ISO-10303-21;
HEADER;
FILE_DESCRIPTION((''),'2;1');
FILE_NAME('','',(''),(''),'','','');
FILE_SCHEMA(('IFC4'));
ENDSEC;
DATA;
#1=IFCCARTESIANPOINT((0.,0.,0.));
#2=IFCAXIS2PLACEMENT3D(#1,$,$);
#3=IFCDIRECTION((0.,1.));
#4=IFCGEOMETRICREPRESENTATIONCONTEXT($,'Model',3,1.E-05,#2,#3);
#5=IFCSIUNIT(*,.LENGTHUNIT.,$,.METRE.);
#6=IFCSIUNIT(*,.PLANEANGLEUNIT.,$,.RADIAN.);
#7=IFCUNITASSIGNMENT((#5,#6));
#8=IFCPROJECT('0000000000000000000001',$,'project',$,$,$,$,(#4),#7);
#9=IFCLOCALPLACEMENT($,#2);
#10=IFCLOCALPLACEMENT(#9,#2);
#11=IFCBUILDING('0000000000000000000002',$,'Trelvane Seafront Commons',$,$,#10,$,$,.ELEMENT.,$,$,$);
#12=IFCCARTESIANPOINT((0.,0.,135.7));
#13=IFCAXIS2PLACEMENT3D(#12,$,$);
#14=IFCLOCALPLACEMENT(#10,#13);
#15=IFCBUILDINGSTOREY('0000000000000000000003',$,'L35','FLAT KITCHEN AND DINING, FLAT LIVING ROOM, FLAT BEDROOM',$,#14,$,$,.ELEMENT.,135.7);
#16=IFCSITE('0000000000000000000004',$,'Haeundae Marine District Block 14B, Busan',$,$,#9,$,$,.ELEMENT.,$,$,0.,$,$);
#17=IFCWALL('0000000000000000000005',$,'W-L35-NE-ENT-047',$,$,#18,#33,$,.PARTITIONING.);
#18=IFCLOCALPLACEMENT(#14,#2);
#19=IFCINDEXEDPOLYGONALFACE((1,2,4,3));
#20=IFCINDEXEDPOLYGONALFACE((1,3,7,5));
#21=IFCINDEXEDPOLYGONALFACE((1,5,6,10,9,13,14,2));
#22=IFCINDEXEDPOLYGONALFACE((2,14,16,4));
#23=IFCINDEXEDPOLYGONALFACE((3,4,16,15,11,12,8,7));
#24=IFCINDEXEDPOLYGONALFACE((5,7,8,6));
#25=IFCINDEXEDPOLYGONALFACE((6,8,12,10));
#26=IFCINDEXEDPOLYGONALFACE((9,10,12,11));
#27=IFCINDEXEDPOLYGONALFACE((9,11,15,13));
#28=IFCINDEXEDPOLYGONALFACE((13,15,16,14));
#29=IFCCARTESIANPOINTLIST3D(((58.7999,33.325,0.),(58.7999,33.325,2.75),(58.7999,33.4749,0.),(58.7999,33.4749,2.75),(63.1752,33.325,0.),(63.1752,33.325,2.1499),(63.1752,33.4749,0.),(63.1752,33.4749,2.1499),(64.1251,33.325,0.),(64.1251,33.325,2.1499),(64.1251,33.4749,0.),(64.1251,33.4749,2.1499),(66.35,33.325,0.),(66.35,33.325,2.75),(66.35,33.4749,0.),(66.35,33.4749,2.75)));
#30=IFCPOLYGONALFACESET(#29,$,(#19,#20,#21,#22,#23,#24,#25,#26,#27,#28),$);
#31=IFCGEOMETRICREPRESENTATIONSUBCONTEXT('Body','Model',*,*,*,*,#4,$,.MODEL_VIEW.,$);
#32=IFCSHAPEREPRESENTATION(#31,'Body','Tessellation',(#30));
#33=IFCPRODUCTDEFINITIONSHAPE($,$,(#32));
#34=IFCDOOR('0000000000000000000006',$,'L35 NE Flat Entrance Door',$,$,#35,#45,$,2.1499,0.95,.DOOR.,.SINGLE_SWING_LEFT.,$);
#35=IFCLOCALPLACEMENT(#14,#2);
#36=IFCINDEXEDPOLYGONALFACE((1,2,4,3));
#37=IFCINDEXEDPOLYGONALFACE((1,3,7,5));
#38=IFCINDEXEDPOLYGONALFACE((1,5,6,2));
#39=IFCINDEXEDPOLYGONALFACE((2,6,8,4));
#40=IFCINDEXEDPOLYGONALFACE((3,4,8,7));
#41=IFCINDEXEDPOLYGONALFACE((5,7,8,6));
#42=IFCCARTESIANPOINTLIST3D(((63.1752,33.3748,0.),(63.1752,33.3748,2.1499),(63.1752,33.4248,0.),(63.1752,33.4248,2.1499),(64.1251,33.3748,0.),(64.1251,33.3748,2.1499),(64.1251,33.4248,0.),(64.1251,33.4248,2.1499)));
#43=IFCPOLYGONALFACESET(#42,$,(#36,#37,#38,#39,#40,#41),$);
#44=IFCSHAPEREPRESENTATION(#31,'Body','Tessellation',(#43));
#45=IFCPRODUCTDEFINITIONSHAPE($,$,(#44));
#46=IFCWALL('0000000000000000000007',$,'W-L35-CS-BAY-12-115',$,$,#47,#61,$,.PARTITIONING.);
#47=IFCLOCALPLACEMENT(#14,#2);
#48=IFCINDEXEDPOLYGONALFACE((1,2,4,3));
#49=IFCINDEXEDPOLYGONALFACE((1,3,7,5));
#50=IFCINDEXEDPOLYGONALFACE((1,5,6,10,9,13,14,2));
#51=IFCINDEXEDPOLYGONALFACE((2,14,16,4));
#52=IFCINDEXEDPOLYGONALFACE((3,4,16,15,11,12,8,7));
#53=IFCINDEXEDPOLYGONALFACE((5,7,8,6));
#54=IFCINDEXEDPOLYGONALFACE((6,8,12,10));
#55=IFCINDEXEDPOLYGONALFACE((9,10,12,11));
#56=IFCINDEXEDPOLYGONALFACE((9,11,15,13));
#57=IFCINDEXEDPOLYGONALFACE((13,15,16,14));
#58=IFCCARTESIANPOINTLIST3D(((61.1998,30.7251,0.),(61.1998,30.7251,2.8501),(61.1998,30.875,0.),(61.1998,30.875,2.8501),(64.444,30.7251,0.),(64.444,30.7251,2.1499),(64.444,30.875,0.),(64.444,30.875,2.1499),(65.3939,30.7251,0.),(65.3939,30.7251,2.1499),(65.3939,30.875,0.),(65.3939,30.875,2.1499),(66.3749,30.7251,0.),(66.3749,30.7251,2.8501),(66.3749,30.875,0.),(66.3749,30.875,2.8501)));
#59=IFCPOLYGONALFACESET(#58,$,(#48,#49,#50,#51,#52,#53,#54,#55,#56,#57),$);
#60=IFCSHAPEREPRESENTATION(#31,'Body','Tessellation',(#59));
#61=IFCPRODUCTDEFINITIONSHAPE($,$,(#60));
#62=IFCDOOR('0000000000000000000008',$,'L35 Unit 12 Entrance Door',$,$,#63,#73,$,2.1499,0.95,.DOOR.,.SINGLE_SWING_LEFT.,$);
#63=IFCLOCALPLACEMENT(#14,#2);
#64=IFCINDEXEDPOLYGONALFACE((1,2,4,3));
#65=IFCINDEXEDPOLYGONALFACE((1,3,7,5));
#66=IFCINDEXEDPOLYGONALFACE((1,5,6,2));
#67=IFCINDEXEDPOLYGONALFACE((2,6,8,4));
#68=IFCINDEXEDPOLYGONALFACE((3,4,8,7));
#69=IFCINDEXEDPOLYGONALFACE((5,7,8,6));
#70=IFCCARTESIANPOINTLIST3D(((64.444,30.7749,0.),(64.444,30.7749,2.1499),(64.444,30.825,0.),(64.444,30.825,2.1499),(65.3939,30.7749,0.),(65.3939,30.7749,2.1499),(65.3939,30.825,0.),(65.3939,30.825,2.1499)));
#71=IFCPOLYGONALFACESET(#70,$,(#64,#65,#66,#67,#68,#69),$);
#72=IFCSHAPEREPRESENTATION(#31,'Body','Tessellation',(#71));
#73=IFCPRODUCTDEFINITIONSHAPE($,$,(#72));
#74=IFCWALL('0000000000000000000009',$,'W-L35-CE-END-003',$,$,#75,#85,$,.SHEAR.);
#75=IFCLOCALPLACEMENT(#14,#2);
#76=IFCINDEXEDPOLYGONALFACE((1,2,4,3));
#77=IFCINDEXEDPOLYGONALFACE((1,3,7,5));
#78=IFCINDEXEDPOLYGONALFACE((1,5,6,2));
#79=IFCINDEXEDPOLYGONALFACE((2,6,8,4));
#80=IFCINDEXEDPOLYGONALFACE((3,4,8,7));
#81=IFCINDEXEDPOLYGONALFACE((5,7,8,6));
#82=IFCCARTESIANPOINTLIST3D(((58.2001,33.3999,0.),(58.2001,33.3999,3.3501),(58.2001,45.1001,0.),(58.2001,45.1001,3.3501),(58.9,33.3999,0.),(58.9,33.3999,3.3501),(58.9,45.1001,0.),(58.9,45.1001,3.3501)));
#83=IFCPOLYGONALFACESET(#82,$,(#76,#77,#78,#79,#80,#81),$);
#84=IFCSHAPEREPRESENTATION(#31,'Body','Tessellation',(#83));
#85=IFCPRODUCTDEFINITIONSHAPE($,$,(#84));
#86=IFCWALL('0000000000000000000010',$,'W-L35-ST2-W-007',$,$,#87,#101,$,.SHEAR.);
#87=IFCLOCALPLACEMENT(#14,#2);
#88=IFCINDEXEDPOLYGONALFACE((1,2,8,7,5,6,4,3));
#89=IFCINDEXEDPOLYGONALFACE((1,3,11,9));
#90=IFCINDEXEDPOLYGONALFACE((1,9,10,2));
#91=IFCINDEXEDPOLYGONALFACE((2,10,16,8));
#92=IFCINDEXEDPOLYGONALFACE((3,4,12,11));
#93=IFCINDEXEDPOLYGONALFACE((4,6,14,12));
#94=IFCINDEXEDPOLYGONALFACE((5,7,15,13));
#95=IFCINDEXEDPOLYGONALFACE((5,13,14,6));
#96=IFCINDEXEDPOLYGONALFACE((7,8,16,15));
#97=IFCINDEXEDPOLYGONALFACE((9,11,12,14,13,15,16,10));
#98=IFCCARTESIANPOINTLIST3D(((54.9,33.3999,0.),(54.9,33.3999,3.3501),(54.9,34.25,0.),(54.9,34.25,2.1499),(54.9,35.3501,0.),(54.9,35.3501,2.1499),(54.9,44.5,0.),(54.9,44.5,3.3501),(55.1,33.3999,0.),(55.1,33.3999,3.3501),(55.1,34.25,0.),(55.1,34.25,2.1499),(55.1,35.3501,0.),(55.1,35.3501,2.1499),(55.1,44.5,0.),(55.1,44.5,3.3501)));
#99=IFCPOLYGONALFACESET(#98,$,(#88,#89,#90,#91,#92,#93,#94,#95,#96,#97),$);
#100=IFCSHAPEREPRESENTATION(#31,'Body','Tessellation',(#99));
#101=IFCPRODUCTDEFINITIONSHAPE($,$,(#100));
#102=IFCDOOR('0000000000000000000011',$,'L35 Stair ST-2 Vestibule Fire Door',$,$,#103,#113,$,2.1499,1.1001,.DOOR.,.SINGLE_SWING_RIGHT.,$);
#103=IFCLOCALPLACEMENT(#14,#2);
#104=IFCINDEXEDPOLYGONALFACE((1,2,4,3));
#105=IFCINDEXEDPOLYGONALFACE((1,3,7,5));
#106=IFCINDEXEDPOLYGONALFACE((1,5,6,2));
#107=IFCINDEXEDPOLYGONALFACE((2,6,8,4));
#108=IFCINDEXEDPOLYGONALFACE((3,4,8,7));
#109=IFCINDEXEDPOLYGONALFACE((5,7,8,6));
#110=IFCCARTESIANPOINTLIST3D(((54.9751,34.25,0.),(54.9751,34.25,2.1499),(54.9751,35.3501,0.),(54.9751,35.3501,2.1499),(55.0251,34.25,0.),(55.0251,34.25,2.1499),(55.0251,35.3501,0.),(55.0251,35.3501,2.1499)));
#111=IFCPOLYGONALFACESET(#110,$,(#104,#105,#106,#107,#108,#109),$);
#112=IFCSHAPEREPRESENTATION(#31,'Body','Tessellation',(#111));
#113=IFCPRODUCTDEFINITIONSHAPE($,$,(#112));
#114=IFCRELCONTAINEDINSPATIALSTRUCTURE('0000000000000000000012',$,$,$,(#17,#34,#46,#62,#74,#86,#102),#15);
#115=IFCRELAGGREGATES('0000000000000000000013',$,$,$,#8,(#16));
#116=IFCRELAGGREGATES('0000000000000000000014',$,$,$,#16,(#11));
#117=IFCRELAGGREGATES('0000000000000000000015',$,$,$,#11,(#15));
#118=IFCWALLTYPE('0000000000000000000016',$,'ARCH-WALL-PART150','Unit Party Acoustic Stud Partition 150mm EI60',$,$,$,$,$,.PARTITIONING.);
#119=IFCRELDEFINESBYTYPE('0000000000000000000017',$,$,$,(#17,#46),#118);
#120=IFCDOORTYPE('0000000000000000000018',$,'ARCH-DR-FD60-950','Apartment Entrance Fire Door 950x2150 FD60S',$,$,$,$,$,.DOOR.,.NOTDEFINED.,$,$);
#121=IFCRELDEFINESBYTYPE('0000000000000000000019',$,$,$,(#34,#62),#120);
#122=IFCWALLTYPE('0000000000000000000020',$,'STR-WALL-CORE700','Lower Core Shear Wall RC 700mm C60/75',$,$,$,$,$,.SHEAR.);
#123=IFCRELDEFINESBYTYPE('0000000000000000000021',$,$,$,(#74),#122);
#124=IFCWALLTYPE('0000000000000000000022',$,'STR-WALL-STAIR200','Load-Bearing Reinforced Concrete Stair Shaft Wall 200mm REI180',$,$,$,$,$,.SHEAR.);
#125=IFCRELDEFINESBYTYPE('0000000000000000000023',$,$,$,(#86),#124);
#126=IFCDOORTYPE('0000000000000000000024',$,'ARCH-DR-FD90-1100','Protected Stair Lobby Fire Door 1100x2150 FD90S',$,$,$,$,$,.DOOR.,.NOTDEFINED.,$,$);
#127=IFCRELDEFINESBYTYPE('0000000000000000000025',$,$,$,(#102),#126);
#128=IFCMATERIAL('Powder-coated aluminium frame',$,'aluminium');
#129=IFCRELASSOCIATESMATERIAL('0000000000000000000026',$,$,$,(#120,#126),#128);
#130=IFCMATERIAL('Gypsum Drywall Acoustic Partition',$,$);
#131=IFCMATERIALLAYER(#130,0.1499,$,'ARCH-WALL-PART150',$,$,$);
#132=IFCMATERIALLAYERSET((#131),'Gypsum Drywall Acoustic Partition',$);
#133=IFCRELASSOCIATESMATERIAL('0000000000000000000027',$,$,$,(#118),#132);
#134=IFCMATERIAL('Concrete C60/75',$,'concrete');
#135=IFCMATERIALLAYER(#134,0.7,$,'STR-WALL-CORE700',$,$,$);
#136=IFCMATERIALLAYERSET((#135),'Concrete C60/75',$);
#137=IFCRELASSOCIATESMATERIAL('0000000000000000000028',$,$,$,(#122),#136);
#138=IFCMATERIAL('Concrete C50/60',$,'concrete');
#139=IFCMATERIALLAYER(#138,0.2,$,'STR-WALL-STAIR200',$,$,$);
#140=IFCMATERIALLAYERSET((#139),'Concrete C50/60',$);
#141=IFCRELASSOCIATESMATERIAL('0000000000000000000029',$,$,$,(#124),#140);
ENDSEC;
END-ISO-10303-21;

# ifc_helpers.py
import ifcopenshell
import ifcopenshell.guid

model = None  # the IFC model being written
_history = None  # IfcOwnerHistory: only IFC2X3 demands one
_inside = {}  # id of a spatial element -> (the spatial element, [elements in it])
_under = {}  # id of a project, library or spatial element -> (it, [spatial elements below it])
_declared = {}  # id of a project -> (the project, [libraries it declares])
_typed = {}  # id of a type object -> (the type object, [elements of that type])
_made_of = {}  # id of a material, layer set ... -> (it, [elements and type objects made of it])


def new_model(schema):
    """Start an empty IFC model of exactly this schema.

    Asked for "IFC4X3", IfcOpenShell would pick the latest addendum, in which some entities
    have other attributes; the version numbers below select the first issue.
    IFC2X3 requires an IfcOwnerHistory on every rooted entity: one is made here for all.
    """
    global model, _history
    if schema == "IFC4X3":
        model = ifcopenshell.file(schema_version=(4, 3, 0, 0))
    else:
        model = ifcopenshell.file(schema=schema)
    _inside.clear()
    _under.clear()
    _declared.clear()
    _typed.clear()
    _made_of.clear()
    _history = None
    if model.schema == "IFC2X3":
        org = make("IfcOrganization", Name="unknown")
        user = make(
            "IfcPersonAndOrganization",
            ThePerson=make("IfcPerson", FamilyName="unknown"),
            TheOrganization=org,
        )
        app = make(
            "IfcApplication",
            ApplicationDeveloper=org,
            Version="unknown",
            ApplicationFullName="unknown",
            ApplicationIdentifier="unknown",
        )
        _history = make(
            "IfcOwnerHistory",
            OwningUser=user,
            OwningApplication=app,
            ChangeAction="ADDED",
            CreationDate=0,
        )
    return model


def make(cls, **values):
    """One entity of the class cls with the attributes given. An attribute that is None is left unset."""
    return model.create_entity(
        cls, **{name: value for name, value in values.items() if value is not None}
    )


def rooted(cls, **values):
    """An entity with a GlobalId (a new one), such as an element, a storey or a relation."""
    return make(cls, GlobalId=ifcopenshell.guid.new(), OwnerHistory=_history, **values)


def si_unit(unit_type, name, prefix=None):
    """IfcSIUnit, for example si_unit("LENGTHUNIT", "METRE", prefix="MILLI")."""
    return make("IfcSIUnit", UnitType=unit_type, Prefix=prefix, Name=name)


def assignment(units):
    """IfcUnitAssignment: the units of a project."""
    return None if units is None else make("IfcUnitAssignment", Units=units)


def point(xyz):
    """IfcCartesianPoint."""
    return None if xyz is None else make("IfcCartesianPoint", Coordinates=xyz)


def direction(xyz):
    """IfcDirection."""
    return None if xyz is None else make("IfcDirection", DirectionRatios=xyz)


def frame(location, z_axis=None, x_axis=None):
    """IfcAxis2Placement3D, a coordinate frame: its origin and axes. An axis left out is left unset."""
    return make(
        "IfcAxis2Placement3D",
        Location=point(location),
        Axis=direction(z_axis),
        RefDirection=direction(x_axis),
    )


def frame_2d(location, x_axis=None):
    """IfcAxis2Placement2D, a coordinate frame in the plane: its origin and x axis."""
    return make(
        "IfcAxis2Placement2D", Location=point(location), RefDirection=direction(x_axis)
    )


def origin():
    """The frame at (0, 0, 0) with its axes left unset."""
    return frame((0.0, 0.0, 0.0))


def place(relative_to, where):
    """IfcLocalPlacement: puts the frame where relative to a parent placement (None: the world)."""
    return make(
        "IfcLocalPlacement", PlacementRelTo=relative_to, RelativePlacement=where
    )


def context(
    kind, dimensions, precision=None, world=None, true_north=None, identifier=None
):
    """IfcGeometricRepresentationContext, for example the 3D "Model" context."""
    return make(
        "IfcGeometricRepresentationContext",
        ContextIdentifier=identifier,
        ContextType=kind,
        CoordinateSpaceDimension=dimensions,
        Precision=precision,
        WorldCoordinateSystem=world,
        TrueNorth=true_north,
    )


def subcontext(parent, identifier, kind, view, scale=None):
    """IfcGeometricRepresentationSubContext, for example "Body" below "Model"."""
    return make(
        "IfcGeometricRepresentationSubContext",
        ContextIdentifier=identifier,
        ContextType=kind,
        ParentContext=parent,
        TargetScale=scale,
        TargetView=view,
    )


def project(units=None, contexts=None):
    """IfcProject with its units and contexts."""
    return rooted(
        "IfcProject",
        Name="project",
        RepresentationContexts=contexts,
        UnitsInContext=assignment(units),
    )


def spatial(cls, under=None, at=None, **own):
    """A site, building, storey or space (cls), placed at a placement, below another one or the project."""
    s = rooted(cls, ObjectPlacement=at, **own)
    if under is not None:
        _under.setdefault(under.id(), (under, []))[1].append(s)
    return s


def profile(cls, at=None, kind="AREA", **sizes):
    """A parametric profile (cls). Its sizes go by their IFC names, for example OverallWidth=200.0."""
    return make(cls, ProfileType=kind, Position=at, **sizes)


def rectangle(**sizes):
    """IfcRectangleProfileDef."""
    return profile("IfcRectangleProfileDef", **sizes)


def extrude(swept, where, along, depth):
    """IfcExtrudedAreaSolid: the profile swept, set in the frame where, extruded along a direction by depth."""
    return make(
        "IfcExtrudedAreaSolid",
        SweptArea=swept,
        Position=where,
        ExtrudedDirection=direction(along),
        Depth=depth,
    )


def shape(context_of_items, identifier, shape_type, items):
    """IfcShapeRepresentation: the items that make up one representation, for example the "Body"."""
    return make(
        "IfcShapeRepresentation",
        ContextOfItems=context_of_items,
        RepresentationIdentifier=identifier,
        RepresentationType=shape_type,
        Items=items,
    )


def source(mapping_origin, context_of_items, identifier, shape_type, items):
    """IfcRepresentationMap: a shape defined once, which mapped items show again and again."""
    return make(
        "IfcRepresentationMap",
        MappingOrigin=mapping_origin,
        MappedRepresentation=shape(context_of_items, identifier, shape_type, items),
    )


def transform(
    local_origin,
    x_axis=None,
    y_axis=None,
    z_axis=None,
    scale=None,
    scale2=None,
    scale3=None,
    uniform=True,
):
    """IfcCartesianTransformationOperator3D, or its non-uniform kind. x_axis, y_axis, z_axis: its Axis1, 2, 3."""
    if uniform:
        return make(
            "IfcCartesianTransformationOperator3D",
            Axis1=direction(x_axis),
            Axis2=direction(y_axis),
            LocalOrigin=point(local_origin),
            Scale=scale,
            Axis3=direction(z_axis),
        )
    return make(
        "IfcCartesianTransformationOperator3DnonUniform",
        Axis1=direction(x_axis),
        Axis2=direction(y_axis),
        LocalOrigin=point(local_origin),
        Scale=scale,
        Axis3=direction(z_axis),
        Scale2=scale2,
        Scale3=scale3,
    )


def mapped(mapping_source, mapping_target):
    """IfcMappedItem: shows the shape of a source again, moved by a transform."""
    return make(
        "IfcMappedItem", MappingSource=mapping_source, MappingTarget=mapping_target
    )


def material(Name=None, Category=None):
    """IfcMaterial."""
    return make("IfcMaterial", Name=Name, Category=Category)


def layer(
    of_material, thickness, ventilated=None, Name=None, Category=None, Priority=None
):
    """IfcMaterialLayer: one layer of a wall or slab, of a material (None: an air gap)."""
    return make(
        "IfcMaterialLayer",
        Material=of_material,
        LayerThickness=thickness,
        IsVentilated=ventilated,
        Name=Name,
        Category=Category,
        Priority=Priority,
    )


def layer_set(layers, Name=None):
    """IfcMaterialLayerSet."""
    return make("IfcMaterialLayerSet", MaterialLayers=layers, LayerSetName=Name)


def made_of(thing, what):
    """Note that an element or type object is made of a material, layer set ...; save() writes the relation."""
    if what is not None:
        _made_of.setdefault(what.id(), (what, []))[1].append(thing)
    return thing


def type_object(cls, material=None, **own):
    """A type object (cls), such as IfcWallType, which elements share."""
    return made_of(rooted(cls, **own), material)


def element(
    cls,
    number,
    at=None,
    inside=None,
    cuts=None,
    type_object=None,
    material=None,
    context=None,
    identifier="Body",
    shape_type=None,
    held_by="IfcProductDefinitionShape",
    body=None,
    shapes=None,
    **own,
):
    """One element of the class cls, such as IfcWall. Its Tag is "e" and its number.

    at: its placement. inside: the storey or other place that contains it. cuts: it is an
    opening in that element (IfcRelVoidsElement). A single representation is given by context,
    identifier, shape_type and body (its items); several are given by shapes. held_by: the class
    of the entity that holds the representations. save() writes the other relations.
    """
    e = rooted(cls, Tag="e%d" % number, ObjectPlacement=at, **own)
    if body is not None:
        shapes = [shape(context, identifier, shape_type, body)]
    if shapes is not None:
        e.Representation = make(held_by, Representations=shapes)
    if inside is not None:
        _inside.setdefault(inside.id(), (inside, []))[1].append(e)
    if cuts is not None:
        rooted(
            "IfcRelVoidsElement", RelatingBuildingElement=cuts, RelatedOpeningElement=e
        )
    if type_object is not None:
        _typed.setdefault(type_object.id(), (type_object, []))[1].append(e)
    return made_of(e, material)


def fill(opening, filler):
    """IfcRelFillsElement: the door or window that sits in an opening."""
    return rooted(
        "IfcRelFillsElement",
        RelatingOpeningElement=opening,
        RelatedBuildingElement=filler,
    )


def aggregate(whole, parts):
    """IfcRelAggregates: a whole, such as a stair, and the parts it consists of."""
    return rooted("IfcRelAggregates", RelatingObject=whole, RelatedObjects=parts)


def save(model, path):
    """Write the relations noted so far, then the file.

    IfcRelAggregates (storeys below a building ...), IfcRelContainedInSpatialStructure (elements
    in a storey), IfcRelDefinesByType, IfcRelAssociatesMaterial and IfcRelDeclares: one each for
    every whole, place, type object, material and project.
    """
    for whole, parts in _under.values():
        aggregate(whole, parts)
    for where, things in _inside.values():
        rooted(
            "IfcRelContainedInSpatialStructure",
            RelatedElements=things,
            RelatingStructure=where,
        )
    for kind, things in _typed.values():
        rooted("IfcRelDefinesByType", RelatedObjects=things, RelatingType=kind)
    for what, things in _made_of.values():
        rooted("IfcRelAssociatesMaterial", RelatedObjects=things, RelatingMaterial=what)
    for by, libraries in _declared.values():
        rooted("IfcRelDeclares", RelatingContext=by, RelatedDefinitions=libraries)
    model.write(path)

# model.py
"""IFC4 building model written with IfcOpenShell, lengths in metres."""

from ifc_helpers import new_model, si_unit, direction, frame, frame_2d, origin, place, context, subcontext, project, spatial, rectangle, extrude, source, transform, mapped, material, layer, layer_set, type_object, element, fill, save


model = new_model("IFC4")

# Units and contexts
model_context = context("Model", 3, precision=1e-05, world=origin(), true_north=direction((0.0, 1.0)))
body_context = subcontext(model_context, "Body", "Model", "MODEL_VIEW")
ifc_project = project(units=[si_unit("LENGTHUNIT", "METRE"), si_unit("PLANEANGLEUNIT", "RADIAN")], contexts=[model_context])

# Site, building, storey
site_placement = place(None, origin())
site = spatial("IfcSite", under=ifc_project, at=site_placement, Name="Haeundae Marine District Block 14B, Busan", CompositionType="ELEMENT", RefElevation=0.0)
building_placement = place(site_placement, origin())
building = spatial("IfcBuilding", under=site, at=building_placement, Name="Trelvane Seafront Commons", CompositionType="ELEMENT")
storey_placement = place(building_placement, frame((0.0, 0.0, 135.7)))
storey = spatial("IfcBuildingStorey", under=building, at=storey_placement, Name="L35", Description="FLAT KITCHEN AND DINING, FLAT LIVING ROOM, FLAT BEDROOM", CompositionType="ELEMENT", Elevation=135.7)

# Shared definitions
ifc_material_1 = material(Name="Concrete C50/60", Category="concrete")

# Shared definitions
ifc_material_2 = material(Name="Powder-coated aluminium frame", Category="aluminium")
door_type_1 = type_object("IfcDoorType", Name="ARCH-DR-FD60-950", Description="Apartment Entrance Fire Door 950x2150 FD60S", OperationType="NOTDEFINED", PredefinedType="DOOR", material=ifc_material_2)
shared_shape_1 = source(origin(), body_context, "Body", "SweptSolid", [
    extrude(rectangle(XDim=0.95, YDim=2.1499, at=frame_2d((0.4751, 1.075))), frame((0.0, 0.0249, 0.0), z_axis=(0.0, -1.0, 0.0), x_axis=(1.0, 0.0, 0.0)), (0.0, 0.0, 1.0), 0.05),
])
ifc_material_3 = material(Name="Gypsum Drywall Acoustic Partition")

# Walls, openings, doors
ifc_layer_1 = layer(ifc_material_3, 0.1499, Name="ARCH-WALL-PART150")
ifc_layer_set_1 = layer_set([ifc_layer_1], Name="Gypsum Drywall Acoustic Partition")
wall_type_1 = type_object("IfcWallType", Name="ARCH-WALL-PART150", Description="Unit Party Acoustic Stud Partition 150mm EI60", PredefinedType="PARTITIONING", material=ifc_layer_set_1)
wall_1_placement = place(storey_placement, frame((58.8, 33.3999, 0.0), z_axis=(0.0, 0.0, 1.0), x_axis=(1.0, 0.0, 0.0)))
wall_1 = element("IfcWall", 1, at=wall_1_placement, inside=storey, type_object=wall_type_1, Name="W-L35-NE-ENT-047", PredefinedType="PARTITIONING", context=body_context, shape_type="SweptSolid", body=[
    extrude(rectangle(XDim=7.55, YDim=0.1499, at=frame_2d((3.7749, 0.0))), origin(), (0.0, 0.0, 1.0), 2.75),
])
opening_1_placement = place(wall_1_placement, frame((4.375, 0.0, 0.0)))
opening_1 = element("IfcOpeningElement", 2, at=opening_1_placement, cuts=wall_1, PredefinedType="OPENING", context=body_context, shape_type="SweptSolid", body=[
    extrude(rectangle(XDim=0.95, YDim=2.1499, at=frame_2d((0.4751, 1.075))), frame((0.0, 0.085, 0.0), z_axis=(0.0, -1.0, 0.0), x_axis=(1.0, 0.0, 0.0)), (0.0, 0.0, 1.0), 0.1699),
])
door_1_placement = place(opening_1_placement, origin())
door_1 = element("IfcDoor", 3, at=door_1_placement, inside=storey, type_object=door_type_1, Name="L35 NE Flat Entrance Door", OperationType="SINGLE_SWING_LEFT", OverallHeight=2.1499, OverallWidth=0.95, PredefinedType="DOOR", context=body_context, shape_type="MappedRepresentation", body=[
    mapped(shared_shape_1, transform((0.0, 0.0, 0.0), x_axis=(1.0, 0.0, 0.0), y_axis=(0.0, 1.0, 0.0), z_axis=(0.0, 0.0, 1.0), scale=1.0)),
])
fill(opening_1, door_1)
wall_2_placement = place(storey_placement, frame((61.2, 30.8, 0.0), z_axis=(0.0, 0.0, 1.0), x_axis=(1.0, 0.0, 0.0)))
wall_2 = element("IfcWall", 4, at=wall_2_placement, inside=storey, type_object=wall_type_1, Name="W-L35-CS-BAY-12-115", PredefinedType="PARTITIONING", context=body_context, shape_type="SweptSolid", body=[
    extrude(rectangle(XDim=5.175, YDim=0.1499, at=frame_2d((2.5874, 0.0))), origin(), (0.0, 0.0, 1.0), 2.8501),
])
opening_2_placement = place(wall_2_placement, frame((3.2439, 0.0, 0.0)))
opening_2 = element("IfcOpeningElement", 5, at=opening_2_placement, cuts=wall_2, PredefinedType="OPENING", context=body_context, shape_type="SweptSolid", body=[
    extrude(rectangle(XDim=0.95, YDim=2.1499, at=frame_2d((0.4751, 1.075))), frame((0.0, 0.085, 0.0), z_axis=(0.0, -1.0, 0.0), x_axis=(1.0, 0.0, 0.0)), (0.0, 0.0, 1.0), 0.1699),
])
door_2_placement = place(opening_2_placement, origin())
door_2 = element("IfcDoor", 6, at=door_2_placement, inside=storey, type_object=door_type_1, Name="L35 Unit 12 Entrance Door", OperationType="SINGLE_SWING_LEFT", OverallHeight=2.1499, OverallWidth=0.95, PredefinedType="DOOR", context=body_context, shape_type="MappedRepresentation", body=[
    mapped(shared_shape_1, transform((0.0, 0.0, 0.0), x_axis=(1.0, 0.0, 0.0), y_axis=(0.0, 1.0, 0.0), z_axis=(0.0, 0.0, 1.0), scale=1.0)),
])
fill(opening_2, door_2)

# Wall
ifc_material_4 = material(Name="Concrete C60/75", Category="concrete")
ifc_layer_2 = layer(ifc_material_4, 0.7, Name="STR-WALL-CORE700")
ifc_layer_set_2 = layer_set([ifc_layer_2], Name="Concrete C60/75")
wall_type_2 = type_object("IfcWallType", Name="STR-WALL-CORE700", Description="Lower Core Shear Wall RC 700mm C60/75", PredefinedType="SHEAR", material=ifc_layer_set_2)
wall_3_placement = place(storey_placement, frame((58.55, 33.3999, 0.0), z_axis=(0.0, 0.0, 1.0), x_axis=(0.0, 1.0, 0.0)))
element("IfcWall", 7, at=wall_3_placement, inside=storey, type_object=wall_type_2, Name="W-L35-CE-END-003", PredefinedType="SHEAR", context=body_context, shape_type="SweptSolid", body=[
    extrude(rectangle(XDim=11.7002, YDim=0.7, at=frame_2d((5.8501, 0.0))), origin(), (0.0, 0.0, 1.0), 3.3501),
])

# Wall, opening, door
ifc_layer_3 = layer(ifc_material_1, 0.2, Name="STR-WALL-STAIR200")
ifc_layer_set_3 = layer_set([ifc_layer_3], Name="Concrete C50/60")
wall_type_3 = type_object("IfcWallType", Name="STR-WALL-STAIR200", Description="Load-Bearing Reinforced Concrete Stair Shaft Wall 200mm REI180", PredefinedType="SHEAR", material=ifc_layer_set_3)
wall_4_placement = place(storey_placement, frame((55.0, 33.3999, 0.0), z_axis=(0.0, 0.0, 1.0), x_axis=(0.0, 1.0, 0.0)))
wall_4 = element("IfcWall", 8, at=wall_4_placement, inside=storey, type_object=wall_type_3, Name="W-L35-ST2-W-007", PredefinedType="SHEAR", context=body_context, shape_type="SweptSolid", body=[
    extrude(rectangle(XDim=11.1001, YDim=0.2, at=frame_2d((5.55, 0.0))), origin(), (0.0, 0.0, 1.0), 3.3501),
])
opening_3_placement = place(wall_4_placement, frame((0.8501, 0.0, 0.0)))
opening_3 = element("IfcOpeningElement", 9, at=opening_3_placement, cuts=wall_4, PredefinedType="OPENING", context=body_context, shape_type="SweptSolid", body=[
    extrude(rectangle(XDim=1.1001, YDim=2.1499, at=frame_2d((0.55, 1.075))), frame((0.0, 0.1099, 0.0), z_axis=(0.0, -1.0, 0.0), x_axis=(1.0, 0.0, 0.0)), (0.0, 0.0, 1.0), 0.22),
])
door_type_2 = type_object("IfcDoorType", Name="ARCH-DR-FD90-1100", Description="Protected Stair Lobby Fire Door 1100x2150 FD90S", OperationType="NOTDEFINED", PredefinedType="DOOR", material=ifc_material_2)
shared_shape_2 = source(origin(), body_context, "Body", "SweptSolid", [
    extrude(rectangle(XDim=1.1001, YDim=2.1499, at=frame_2d((0.55, 1.075))), frame((0.0, 0.0249, 0.0), z_axis=(0.0, -1.0, 0.0), x_axis=(1.0, 0.0, 0.0)), (0.0, 0.0, 1.0), 0.05),
])
door_3_placement = place(opening_3_placement, origin())
door_3 = element("IfcDoor", 10, at=door_3_placement, inside=storey, type_object=door_type_2, Name="L35 Stair ST-2 Vestibule Fire Door", OperationType="SINGLE_SWING_RIGHT", OverallHeight=2.1499, OverallWidth=1.1001, PredefinedType="DOOR", context=body_context, shape_type="MappedRepresentation", body=[
    mapped(shared_shape_2, transform((0.0, 0.0, 0.0), x_axis=(1.0, 0.0, 0.0), y_axis=(0.0, 1.0, 0.0), z_axis=(0.0, 0.0, 1.0), scale=1.0)),
])
fill(opening_3, door_3)

save(model, "model.ifc")
